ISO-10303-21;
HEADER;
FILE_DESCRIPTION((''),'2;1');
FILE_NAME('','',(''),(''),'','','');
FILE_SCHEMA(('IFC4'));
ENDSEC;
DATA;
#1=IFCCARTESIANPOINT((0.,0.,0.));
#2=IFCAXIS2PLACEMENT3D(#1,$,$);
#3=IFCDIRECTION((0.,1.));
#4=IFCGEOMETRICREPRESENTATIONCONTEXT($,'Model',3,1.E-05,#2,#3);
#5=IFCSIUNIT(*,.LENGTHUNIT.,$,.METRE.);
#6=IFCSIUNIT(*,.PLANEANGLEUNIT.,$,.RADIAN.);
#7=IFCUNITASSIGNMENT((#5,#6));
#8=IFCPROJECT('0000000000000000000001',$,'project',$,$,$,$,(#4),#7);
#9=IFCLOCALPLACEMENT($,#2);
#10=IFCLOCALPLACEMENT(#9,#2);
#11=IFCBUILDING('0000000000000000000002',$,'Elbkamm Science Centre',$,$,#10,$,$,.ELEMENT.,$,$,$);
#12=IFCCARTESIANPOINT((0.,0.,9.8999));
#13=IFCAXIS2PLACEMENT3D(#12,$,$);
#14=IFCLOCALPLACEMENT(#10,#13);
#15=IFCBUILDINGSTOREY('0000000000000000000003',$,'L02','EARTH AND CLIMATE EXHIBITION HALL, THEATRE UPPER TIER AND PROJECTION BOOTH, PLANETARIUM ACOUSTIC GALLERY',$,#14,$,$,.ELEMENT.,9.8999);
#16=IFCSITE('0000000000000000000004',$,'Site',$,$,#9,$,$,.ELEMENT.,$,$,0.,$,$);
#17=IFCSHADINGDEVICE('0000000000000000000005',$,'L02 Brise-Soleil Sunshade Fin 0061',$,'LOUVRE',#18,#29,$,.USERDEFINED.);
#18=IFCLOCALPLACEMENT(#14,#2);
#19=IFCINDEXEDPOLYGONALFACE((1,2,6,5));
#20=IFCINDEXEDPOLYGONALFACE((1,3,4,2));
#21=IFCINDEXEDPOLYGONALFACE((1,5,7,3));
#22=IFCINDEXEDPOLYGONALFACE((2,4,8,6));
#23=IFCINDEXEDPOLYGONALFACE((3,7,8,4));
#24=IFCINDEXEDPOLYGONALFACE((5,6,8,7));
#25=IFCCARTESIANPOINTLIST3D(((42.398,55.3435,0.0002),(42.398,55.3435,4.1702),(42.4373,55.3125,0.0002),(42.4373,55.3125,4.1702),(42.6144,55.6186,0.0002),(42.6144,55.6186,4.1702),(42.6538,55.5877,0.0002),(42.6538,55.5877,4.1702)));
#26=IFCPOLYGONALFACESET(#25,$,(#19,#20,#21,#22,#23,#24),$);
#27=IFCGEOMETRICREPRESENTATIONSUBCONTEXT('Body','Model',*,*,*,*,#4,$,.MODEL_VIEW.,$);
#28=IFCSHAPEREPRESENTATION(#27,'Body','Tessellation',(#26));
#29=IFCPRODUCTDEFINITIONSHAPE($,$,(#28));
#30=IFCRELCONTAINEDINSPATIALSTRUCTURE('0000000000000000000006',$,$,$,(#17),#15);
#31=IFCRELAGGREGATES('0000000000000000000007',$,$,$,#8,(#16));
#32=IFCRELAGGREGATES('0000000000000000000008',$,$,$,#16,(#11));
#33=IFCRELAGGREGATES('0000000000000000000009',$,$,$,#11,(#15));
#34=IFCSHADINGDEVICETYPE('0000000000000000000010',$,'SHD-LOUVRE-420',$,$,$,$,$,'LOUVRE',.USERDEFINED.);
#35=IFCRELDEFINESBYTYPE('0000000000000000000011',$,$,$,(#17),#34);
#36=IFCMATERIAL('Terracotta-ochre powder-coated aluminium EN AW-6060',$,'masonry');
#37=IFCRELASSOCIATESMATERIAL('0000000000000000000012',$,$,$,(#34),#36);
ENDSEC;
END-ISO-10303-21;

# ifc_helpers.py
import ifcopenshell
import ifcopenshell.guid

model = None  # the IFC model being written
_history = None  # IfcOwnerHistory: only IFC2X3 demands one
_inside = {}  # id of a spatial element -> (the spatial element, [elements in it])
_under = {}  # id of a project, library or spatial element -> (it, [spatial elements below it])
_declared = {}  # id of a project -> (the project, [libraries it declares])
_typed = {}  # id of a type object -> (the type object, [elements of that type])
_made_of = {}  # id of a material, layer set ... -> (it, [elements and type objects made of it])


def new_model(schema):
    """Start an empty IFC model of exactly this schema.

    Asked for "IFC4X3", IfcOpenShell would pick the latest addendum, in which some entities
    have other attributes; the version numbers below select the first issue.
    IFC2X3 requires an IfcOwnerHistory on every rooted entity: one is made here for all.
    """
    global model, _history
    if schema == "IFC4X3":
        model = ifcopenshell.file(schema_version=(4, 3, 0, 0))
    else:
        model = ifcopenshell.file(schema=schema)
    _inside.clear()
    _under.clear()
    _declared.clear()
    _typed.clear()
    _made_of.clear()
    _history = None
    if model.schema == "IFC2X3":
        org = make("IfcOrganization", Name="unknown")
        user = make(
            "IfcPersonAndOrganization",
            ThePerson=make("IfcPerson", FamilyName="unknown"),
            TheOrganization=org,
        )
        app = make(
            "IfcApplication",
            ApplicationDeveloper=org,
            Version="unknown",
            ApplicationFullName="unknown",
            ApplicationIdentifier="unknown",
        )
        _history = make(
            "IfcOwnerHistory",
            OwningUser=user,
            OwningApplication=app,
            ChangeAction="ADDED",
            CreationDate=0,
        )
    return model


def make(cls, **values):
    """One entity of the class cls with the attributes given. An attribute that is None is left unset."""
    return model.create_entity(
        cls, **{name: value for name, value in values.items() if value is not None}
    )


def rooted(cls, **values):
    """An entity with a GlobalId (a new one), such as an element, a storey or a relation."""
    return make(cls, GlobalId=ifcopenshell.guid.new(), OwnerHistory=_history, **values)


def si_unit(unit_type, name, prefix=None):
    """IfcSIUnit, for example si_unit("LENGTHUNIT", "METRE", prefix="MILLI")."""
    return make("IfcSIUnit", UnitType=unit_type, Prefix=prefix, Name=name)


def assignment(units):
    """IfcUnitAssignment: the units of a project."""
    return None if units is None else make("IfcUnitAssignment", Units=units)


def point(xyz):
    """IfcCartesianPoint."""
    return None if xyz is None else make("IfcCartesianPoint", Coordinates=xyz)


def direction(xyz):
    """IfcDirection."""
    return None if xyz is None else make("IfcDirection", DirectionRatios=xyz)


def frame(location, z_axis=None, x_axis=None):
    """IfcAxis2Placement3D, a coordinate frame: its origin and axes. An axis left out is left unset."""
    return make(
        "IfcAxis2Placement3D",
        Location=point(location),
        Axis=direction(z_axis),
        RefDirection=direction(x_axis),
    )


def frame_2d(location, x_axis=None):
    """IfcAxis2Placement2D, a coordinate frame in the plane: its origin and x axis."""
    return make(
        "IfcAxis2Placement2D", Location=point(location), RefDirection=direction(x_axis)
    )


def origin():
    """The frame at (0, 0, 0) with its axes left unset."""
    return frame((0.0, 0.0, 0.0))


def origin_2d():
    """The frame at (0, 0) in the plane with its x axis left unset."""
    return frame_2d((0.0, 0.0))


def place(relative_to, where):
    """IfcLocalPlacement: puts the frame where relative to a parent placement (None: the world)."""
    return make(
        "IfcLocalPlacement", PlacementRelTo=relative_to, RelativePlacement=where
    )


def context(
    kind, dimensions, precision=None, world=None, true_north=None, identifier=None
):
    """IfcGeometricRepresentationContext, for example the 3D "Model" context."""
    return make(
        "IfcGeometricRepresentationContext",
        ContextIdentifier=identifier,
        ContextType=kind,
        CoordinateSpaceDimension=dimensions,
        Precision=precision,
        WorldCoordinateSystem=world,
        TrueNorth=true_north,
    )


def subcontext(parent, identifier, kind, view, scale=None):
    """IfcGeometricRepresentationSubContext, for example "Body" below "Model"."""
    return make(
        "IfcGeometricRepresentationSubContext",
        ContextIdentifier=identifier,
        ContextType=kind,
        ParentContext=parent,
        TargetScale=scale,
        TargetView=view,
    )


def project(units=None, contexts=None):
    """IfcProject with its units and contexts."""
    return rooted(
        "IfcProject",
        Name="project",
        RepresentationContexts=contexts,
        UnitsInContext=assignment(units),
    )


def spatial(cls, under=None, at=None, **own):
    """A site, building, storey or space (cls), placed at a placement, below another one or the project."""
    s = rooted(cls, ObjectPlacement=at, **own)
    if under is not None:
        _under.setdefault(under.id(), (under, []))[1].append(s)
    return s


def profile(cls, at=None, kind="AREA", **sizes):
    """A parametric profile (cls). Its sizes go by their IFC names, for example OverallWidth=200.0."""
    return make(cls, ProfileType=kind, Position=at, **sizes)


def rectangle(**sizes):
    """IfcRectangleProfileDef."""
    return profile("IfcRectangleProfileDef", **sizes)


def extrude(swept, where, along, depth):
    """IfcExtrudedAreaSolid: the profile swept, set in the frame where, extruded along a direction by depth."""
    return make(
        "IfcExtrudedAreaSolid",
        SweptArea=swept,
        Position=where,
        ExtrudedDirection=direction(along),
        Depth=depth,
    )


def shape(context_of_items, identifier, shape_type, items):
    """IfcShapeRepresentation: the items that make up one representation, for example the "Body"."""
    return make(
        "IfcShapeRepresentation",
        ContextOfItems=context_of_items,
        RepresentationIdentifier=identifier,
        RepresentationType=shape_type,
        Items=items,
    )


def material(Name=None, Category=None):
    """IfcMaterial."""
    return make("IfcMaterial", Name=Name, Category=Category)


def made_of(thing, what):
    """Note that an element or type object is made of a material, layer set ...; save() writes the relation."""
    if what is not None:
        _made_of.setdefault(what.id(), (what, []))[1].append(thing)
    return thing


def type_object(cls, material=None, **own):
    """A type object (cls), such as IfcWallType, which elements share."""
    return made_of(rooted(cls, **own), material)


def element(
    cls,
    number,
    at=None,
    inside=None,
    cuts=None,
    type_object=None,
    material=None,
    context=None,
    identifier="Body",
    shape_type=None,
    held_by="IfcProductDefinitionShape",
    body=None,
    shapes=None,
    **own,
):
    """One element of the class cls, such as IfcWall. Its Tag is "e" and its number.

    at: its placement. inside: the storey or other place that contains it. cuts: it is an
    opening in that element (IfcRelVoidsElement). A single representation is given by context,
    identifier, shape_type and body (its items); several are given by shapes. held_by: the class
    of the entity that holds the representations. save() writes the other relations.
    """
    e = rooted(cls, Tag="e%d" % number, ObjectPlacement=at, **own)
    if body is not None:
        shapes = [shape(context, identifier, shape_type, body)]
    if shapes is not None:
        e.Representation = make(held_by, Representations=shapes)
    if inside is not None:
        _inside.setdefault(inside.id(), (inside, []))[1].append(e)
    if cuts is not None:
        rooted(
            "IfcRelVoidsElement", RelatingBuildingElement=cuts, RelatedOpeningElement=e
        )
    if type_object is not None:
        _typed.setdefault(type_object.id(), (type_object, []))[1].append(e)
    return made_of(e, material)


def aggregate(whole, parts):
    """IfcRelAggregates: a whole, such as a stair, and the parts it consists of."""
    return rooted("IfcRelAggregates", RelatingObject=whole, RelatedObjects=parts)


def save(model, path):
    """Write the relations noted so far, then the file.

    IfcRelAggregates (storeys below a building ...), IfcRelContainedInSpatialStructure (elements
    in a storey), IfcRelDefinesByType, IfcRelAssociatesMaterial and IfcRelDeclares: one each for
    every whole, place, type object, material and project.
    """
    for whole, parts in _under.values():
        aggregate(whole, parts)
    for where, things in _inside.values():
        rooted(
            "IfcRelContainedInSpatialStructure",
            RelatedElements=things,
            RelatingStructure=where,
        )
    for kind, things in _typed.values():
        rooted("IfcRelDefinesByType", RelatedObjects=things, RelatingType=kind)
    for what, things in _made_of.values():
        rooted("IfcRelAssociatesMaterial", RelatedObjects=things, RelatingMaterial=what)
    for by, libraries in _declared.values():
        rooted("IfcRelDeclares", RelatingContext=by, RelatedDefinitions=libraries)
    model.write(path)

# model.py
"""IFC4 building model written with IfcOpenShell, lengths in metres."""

from ifc_helpers import new_model, si_unit, direction, frame, origin, origin_2d, place, context, subcontext, project, spatial, rectangle, extrude, material, type_object, element, save


model = new_model("IFC4")

# Units and contexts
model_context = context("Model", 3, precision=1e-05, world=origin(), true_north=direction((0.0, 1.0)))
body_context = subcontext(model_context, "Body", "Model", "MODEL_VIEW")
ifc_project = project(units=[si_unit("LENGTHUNIT", "METRE"), si_unit("PLANEANGLEUNIT", "RADIAN")], contexts=[model_context])

# Site, building, storey
site_placement = place(None, origin())
site = spatial("IfcSite", under=ifc_project, at=site_placement, Name="Site", CompositionType="ELEMENT", RefElevation=0.0)
building_placement = place(site_placement, origin())
building = spatial("IfcBuilding", under=site, at=building_placement, Name="Elbkamm Science Centre", CompositionType="ELEMENT")
storey_placement = place(building_placement, frame((0.0, 0.0, 9.8999)))
storey = spatial("IfcBuildingStorey", under=building, at=storey_placement, Name="L02", Description="EARTH AND CLIMATE EXHIBITION HALL, THEATRE UPPER TIER AND PROJECTION BOOTH, PLANETARIUM ACOUSTIC GALLERY", CompositionType="ELEMENT", Elevation=9.8999)

# Shading device
ifc_material_1 = material(Name="Terracotta-ochre powder-coated aluminium EN AW-6060", Category="masonry")
shading_device_type = type_object("IfcShadingDeviceType", Name="SHD-LOUVRE-420", ElementType="LOUVRE", PredefinedType="USERDEFINED", material=ifc_material_1)
for number, where, z_axis, x_axis, name in (
    (1, (42.5259, 55.4656, 0.0002), (0.0, 0.0, 1.0), (-0.61822, -0.786005, 0.0), "L02 Brise-Soleil Sunshade Fin 0061"),
):
    element("IfcShadingDevice", number, at=place(storey_placement, frame(where, z_axis=z_axis, x_axis=x_axis)), inside=storey, type_object=shading_device_type, Name=name, ObjectType="LOUVRE", PredefinedType="USERDEFINED", context=body_context, shape_type="SweptSolid", body=[
        extrude(rectangle(XDim=0.3501, YDim=0.05, at=origin_2d()), origin(), (0.0, 0.0, 1.0), 4.1699),
    ])

save(model, "model.ifc")
